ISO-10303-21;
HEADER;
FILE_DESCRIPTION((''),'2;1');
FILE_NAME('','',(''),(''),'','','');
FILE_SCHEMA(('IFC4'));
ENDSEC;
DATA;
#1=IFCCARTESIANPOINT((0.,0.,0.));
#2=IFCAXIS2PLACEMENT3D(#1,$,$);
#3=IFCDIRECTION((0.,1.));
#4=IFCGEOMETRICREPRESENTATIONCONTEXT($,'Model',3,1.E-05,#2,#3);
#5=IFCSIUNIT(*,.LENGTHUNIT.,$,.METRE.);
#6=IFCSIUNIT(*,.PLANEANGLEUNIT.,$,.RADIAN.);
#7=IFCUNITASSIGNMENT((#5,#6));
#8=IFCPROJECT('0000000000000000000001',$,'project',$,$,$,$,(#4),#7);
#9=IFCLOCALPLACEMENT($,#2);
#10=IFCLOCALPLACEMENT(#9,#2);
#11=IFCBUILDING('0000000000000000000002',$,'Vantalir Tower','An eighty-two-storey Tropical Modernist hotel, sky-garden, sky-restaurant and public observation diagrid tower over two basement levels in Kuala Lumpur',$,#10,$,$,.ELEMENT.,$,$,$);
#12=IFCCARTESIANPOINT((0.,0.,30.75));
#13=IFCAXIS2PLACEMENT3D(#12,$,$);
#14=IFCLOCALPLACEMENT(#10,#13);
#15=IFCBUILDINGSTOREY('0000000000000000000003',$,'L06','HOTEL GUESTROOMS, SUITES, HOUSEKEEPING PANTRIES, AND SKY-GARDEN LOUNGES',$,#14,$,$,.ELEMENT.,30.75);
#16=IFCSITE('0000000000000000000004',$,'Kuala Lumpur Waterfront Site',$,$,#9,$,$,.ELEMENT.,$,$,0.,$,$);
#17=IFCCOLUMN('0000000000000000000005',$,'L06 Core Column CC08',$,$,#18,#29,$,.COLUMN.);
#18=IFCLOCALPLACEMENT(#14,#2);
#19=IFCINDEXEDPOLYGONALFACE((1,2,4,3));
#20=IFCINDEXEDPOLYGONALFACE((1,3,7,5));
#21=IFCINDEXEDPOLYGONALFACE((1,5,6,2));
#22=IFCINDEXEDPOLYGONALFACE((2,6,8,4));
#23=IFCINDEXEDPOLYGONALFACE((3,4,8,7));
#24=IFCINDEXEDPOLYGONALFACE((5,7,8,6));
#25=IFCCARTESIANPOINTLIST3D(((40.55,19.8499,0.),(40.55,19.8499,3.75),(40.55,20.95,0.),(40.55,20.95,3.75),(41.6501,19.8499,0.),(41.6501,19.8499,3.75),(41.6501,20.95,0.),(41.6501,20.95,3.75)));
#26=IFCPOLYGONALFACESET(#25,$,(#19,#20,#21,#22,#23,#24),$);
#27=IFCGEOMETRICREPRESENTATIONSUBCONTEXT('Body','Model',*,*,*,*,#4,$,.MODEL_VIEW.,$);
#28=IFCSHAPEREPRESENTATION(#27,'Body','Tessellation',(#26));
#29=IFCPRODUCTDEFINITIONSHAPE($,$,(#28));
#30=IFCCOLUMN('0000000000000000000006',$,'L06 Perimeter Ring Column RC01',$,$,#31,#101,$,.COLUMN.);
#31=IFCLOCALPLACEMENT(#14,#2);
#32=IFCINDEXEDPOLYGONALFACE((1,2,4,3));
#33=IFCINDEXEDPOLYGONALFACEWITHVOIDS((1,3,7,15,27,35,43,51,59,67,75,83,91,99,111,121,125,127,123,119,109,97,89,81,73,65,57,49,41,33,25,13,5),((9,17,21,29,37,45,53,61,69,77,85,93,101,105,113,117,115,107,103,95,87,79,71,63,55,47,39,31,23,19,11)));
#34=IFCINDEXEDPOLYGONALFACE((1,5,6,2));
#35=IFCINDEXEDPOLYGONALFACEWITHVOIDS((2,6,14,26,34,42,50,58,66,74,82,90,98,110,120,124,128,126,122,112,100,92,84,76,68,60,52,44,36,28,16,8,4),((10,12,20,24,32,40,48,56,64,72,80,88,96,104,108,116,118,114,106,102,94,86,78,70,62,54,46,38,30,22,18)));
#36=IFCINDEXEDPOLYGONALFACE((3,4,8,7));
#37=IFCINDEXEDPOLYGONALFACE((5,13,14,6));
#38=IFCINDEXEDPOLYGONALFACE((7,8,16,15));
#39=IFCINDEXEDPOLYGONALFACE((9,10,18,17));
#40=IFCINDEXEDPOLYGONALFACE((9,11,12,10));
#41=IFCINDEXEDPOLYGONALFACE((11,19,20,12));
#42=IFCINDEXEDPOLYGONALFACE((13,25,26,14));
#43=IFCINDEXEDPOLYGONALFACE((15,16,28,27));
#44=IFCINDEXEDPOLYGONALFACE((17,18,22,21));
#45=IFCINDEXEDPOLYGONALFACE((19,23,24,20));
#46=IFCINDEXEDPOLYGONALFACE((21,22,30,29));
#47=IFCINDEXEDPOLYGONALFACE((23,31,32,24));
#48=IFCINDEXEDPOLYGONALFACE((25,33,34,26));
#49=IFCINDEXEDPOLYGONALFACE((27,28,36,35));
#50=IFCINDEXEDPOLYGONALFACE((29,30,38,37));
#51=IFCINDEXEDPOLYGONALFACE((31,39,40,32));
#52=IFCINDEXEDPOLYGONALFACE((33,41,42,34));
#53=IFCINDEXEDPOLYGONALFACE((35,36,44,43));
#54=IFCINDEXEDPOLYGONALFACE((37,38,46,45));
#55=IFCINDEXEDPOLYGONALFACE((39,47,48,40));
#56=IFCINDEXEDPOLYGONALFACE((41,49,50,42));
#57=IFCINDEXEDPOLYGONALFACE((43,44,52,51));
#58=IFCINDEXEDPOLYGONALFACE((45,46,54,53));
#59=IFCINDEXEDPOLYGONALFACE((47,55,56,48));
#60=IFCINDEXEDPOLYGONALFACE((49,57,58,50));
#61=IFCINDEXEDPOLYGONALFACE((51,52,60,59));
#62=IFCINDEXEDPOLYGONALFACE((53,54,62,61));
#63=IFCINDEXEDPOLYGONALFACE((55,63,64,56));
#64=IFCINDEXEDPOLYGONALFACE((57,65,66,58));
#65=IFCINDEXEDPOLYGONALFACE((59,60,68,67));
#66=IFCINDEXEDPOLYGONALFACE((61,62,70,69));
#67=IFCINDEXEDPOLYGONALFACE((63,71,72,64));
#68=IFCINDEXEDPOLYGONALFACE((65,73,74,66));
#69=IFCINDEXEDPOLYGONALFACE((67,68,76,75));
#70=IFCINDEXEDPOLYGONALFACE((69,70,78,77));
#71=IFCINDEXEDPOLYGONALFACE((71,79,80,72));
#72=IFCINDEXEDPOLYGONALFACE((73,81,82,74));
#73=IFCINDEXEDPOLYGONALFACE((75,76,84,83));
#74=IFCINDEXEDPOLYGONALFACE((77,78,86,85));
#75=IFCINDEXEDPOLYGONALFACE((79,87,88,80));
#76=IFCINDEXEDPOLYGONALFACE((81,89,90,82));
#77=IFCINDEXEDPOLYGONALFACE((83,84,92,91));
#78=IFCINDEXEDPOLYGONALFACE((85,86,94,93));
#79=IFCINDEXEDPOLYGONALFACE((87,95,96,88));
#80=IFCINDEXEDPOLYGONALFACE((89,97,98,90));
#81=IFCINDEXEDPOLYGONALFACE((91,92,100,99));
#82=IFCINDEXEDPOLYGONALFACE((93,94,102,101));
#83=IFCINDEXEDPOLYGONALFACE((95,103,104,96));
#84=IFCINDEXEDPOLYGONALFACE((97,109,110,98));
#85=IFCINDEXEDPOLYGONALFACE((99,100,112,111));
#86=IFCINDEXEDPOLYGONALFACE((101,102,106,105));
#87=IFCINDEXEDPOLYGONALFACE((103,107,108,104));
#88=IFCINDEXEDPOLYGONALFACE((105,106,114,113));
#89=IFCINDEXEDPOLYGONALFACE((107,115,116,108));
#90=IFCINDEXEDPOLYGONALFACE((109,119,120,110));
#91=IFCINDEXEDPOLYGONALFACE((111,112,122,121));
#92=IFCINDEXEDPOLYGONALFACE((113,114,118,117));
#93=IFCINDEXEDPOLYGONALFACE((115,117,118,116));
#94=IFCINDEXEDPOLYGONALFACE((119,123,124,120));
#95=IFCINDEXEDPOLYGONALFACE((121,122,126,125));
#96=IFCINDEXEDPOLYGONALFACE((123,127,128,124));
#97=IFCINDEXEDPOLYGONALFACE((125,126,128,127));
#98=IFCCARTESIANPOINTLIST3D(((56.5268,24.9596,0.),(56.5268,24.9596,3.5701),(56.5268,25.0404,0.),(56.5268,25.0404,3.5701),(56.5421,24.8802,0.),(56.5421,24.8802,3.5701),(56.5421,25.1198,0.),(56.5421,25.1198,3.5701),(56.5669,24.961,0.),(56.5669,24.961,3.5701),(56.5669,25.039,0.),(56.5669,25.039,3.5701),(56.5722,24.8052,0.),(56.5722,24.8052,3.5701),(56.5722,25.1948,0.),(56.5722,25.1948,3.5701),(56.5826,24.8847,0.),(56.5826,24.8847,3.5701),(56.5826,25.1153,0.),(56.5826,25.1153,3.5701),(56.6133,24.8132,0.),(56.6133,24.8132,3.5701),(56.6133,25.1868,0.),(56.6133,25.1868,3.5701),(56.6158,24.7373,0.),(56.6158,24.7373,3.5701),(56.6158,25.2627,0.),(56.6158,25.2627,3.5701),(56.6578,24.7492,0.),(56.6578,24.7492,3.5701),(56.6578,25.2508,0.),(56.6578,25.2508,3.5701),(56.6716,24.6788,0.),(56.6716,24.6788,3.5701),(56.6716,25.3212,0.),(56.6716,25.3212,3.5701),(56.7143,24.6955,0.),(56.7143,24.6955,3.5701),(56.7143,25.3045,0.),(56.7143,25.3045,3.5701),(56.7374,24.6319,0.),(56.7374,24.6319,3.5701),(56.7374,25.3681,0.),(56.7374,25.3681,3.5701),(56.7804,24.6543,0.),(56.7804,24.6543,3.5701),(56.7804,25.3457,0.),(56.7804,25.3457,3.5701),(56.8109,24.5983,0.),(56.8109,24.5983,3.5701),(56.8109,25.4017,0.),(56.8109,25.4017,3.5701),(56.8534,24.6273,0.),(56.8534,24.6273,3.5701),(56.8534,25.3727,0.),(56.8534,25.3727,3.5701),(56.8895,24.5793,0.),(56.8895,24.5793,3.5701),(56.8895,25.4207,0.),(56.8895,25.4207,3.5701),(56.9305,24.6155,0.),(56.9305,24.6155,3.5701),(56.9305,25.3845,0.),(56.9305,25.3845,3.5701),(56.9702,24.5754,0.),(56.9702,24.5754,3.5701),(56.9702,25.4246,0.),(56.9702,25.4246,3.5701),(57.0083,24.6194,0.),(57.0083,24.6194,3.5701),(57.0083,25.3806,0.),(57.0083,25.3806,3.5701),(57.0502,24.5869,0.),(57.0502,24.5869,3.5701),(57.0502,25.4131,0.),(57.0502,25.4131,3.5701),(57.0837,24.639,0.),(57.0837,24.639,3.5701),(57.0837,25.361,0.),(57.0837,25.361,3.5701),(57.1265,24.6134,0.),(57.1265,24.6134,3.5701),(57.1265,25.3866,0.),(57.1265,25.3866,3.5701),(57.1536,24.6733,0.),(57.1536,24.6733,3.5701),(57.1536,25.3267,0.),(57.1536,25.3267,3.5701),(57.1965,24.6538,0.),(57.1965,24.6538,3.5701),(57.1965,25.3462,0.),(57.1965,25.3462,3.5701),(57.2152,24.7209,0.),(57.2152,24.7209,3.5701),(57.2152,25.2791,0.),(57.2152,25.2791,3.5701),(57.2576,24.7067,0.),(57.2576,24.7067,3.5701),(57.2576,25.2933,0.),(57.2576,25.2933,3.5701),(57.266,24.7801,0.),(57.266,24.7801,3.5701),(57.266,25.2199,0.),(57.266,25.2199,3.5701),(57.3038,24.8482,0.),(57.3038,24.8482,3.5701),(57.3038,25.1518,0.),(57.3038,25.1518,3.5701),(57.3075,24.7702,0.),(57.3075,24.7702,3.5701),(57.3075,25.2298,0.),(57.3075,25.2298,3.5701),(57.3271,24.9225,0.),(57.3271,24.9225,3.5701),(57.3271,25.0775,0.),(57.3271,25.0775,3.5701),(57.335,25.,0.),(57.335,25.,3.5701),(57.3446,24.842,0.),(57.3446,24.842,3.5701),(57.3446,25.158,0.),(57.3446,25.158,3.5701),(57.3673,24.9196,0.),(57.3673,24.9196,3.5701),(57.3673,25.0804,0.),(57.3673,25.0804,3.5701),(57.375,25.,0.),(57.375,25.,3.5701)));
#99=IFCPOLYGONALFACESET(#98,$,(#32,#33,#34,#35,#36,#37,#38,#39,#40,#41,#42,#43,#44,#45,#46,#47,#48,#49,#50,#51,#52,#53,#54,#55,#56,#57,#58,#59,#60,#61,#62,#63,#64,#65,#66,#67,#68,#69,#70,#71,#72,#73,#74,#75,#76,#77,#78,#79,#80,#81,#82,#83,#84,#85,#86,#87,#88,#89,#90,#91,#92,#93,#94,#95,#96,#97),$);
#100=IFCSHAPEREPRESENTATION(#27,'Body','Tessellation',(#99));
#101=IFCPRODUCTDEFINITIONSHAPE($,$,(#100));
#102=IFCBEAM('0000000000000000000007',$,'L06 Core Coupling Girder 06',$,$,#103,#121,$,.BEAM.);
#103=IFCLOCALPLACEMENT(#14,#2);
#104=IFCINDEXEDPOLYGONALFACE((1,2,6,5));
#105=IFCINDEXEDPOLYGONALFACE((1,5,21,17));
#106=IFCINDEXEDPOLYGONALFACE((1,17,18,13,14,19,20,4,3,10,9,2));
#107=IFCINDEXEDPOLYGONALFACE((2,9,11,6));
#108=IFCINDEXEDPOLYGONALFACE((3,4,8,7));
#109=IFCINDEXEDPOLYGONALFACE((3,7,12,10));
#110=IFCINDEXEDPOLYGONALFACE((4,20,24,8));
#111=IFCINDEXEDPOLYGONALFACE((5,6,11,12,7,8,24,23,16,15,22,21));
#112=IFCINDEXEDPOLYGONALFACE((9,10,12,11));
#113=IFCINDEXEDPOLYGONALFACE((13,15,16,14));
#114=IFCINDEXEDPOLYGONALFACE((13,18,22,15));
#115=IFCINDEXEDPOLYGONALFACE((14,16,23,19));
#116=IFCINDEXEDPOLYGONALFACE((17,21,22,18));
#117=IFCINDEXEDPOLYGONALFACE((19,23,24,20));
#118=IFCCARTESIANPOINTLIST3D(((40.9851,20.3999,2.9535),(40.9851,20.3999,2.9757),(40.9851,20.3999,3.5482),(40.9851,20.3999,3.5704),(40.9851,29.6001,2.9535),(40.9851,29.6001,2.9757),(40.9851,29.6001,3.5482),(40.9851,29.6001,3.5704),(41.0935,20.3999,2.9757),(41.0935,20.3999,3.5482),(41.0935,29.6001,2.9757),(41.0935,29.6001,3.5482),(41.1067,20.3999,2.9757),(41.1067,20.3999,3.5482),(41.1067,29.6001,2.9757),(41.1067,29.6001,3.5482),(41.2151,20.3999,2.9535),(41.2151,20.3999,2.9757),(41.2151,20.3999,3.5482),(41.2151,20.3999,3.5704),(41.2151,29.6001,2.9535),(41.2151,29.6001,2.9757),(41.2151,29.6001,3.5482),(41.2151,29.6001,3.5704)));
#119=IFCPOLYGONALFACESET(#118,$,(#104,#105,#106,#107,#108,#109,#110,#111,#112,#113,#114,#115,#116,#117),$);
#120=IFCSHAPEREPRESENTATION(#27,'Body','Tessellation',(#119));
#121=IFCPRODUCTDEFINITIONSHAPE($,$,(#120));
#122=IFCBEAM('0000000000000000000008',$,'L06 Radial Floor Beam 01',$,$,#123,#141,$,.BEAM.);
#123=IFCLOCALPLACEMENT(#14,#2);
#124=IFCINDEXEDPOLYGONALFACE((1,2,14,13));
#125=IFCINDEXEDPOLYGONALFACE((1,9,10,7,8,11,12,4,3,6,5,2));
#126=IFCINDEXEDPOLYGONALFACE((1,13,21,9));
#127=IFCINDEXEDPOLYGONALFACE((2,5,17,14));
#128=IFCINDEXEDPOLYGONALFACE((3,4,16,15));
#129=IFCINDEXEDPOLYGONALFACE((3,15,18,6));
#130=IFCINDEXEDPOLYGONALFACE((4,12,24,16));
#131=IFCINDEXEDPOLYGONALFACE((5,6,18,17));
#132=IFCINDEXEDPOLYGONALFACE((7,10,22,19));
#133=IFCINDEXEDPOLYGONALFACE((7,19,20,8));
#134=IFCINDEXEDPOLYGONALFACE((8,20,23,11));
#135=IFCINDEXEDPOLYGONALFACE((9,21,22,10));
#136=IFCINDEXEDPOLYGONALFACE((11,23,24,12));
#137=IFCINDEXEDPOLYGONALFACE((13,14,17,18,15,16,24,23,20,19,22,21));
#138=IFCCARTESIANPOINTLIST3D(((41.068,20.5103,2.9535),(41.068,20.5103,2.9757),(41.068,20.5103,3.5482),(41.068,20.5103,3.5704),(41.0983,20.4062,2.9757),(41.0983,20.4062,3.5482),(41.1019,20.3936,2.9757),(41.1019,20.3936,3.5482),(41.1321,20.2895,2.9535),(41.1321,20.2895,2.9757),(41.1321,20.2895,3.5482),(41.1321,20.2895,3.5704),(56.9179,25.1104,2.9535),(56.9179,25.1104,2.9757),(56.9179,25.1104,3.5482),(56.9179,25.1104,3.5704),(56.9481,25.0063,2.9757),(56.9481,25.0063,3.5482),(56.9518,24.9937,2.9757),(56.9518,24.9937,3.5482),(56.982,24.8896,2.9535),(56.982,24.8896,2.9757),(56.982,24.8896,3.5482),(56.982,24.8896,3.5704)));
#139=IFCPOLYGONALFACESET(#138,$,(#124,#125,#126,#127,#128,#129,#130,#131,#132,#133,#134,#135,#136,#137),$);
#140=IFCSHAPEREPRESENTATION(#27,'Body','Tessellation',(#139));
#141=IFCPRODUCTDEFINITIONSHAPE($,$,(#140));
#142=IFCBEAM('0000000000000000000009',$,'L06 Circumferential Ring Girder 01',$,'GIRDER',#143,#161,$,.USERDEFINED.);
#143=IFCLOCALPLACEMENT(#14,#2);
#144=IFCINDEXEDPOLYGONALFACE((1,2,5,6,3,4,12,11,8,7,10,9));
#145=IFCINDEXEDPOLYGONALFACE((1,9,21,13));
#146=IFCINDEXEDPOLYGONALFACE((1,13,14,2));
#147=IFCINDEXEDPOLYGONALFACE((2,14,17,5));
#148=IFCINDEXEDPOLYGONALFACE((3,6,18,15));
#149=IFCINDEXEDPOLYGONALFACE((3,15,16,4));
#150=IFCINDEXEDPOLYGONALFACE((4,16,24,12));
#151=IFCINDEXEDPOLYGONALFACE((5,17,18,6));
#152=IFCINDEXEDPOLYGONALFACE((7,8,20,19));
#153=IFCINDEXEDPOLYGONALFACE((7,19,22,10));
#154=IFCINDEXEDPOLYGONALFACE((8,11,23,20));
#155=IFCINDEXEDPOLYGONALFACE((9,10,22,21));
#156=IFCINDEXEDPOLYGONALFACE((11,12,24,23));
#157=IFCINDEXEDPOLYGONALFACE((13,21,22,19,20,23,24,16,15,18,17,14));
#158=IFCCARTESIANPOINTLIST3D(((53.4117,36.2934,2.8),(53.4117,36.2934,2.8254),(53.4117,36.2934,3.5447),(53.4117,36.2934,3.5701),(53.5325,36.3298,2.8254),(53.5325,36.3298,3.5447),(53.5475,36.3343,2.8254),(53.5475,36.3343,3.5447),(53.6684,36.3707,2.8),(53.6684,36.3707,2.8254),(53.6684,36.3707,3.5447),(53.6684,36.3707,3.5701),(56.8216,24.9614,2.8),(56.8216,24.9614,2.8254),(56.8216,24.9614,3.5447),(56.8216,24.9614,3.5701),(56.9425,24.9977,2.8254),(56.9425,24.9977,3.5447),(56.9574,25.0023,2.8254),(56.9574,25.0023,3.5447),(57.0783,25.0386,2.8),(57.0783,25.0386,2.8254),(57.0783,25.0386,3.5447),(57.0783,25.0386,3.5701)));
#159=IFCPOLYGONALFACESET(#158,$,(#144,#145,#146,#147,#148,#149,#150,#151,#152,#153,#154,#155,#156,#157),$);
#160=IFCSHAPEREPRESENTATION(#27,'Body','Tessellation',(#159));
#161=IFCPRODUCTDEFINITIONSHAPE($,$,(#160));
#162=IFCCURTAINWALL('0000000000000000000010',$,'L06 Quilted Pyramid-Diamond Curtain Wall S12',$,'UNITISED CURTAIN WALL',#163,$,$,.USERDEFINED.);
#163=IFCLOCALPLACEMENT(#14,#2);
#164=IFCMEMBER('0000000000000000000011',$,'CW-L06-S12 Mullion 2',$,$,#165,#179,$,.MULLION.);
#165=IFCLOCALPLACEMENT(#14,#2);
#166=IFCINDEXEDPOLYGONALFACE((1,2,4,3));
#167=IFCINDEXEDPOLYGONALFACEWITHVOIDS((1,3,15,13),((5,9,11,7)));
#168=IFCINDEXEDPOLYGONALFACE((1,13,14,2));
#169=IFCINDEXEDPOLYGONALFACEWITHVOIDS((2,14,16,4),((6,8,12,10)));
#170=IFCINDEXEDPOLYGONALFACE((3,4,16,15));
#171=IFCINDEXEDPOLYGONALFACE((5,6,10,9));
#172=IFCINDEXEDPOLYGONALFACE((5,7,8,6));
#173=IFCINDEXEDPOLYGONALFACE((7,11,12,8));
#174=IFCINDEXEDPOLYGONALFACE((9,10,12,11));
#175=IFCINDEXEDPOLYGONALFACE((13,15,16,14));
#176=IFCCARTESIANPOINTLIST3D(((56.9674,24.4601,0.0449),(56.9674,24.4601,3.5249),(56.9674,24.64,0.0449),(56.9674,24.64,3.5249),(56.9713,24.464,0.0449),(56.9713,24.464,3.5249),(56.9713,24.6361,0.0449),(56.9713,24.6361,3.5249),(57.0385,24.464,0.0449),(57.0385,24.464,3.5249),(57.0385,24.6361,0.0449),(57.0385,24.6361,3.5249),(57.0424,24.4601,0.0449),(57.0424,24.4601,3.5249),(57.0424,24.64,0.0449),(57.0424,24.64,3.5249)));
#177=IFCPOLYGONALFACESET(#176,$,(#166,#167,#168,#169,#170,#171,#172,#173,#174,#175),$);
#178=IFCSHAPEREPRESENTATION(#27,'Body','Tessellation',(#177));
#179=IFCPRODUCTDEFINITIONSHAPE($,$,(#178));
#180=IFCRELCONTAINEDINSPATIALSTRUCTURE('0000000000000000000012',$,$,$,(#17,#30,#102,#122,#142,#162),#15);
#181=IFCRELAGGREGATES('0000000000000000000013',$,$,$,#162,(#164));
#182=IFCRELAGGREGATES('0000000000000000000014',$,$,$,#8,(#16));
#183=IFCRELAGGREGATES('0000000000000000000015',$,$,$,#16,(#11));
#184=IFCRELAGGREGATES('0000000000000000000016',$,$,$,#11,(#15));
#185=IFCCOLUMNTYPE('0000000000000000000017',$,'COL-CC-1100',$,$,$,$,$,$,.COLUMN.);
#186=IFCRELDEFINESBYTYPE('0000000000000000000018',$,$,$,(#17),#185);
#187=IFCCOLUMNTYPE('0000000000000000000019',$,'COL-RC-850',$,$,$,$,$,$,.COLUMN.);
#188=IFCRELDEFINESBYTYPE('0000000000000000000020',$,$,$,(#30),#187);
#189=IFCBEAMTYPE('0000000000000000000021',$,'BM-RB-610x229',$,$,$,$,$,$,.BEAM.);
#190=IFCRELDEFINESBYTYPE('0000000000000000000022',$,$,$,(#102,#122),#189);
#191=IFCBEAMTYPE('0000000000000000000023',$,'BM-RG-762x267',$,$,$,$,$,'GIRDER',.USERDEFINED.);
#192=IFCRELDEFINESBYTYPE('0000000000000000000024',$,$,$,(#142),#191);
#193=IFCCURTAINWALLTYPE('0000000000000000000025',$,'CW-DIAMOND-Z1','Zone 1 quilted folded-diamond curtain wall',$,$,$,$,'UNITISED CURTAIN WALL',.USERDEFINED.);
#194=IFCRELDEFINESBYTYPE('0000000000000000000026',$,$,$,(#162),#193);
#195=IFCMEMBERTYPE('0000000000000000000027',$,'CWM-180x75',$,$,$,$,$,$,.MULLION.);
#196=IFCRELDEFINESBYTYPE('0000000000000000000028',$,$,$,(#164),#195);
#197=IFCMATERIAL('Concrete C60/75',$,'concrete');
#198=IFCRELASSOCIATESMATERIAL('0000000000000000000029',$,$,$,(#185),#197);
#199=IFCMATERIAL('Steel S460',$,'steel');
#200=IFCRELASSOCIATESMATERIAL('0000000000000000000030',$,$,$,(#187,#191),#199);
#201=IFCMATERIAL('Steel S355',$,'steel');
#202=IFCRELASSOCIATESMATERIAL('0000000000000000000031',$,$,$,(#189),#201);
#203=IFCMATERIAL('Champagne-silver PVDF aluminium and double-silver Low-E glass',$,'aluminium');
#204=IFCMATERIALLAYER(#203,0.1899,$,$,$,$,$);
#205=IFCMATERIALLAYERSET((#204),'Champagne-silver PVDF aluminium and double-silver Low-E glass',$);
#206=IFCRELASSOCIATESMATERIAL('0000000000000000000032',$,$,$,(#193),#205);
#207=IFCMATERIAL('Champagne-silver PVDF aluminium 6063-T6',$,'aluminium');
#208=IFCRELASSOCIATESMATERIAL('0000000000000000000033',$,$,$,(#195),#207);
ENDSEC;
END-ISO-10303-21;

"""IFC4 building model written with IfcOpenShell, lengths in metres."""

from ifc_helpers import new_model, si_unit, direction, frame, origin, origin_2d, place, context, subcontext, project, spatial, rectangle, hollow_rectangle, hollow_circle, i_section, extrude, material, layer, layer_set, material_profile, profile_set, type_object, element, aggregate, save


model = new_model("IFC4")

# Units and contexts
model_context = context("Model", 3, precision=1e-05, world=origin(), true_north=direction((0.0, 1.0)))
body_context = subcontext(model_context, "Body", "Model", "MODEL_VIEW")
ifc_project = project(units=[si_unit("LENGTHUNIT", "METRE"), si_unit("PLANEANGLEUNIT", "RADIAN")], contexts=[model_context])

# Site, building, storey
site_placement = place(None, origin())
site = spatial("IfcSite", under=ifc_project, at=site_placement, Name="Kuala Lumpur Waterfront Site", CompositionType="ELEMENT", RefElevation=0.0)
building_placement = place(site_placement, origin())
building = spatial("IfcBuilding", under=site, at=building_placement, Name="Vantalir Tower", Description="An eighty-two-storey Tropical Modernist hotel, sky-garden, sky-restaurant and public observation diagrid tower over two basement levels in Kuala Lumpur", CompositionType="ELEMENT")
storey_placement = place(building_placement, frame((0.0, 0.0, 30.75)))
storey = spatial("IfcBuildingStorey", under=building, at=storey_placement, Name="L06", Description="HOTEL GUESTROOMS, SUITES, HOUSEKEEPING PANTRIES, AND SKY-GARDEN LOUNGES", CompositionType="ELEMENT", Elevation=30.75)

# Columns
ifc_material_1 = material(Name="Concrete C60/75", Category="concrete")
ifc_material_profile_1 = material_profile(ifc_material_1, rectangle(XDim=1.1001, YDim=1.1001, at=origin_2d()), Name="Concrete C60/75")
ifc_profile_set_1 = profile_set([ifc_material_profile_1], Name="Concrete C60/75")
column_type_1 = type_object("IfcColumnType", Name="COL-CC-1100", PredefinedType="COLUMN", material=ifc_profile_set_1)
column_1_placement = place(storey_placement, frame((41.1001, 20.3999, 0.0), z_axis=(0.0, 0.0, 1.0), x_axis=(1.0, 0.0, 0.0)))
element("IfcColumn", 1, at=column_1_placement, inside=storey, type_object=column_type_1, Name="L06 Core Column CC08", PredefinedType="COLUMN", context=body_context, shape_type="SweptSolid", body=[
    extrude(rectangle(XDim=1.1001, YDim=1.1001, at=origin_2d()), origin(), (0.0, 0.0, 1.0), 3.75),
])
ifc_material_2 = material(Name="Steel S460", Category="steel")
ifc_material_profile_2 = material_profile(ifc_material_2, hollow_circle(Radius=0.425, WallThickness=0.04, at=origin_2d()), Name="Steel S460")
ifc_profile_set_2 = profile_set([ifc_material_profile_2], Name="Steel S460")
column_type_2 = type_object("IfcColumnType", Name="COL-RC-850", PredefinedType="COLUMN", material=ifc_profile_set_2)
column_2_placement = place(storey_placement, frame((56.95, 25.0, 0.0), z_axis=(0.0, 0.0, 1.0), x_axis=(1.0, 0.0, 0.0)))
element("IfcColumn", 2, at=column_2_placement, inside=storey, type_object=column_type_2, Name="L06 Perimeter Ring Column RC01", PredefinedType="COLUMN", context=body_context, shape_type="SweptSolid", body=[
    extrude(hollow_circle(Radius=0.425, WallThickness=0.04, at=origin_2d()), origin(), (0.0, 0.0, 1.0), 3.5701),
])

# Beams
ifc_material_3 = material(Name="Steel S355", Category="steel")
ifc_material_profile_3 = material_profile(ifc_material_3, i_section(OverallWidth=0.23, OverallDepth=0.6169, WebThickness=0.0132, FlangeThickness=0.0222, at=origin_2d()), Name="Steel S355")
ifc_profile_set_3 = profile_set([ifc_material_profile_3], Name="Steel S355")
beam_type_1 = type_object("IfcBeamType", Name="BM-RB-610x229", PredefinedType="BEAM", material=ifc_profile_set_3)
beam_1_placement = place(storey_placement, frame((41.1001, 20.3999, 3.262), z_axis=(0.0, 1.0, 0.0), x_axis=(-1.0, 0.0, 0.0)))
element("IfcBeam", 3, at=beam_1_placement, inside=storey, type_object=beam_type_1, Name="L06 Core Coupling Girder 06", PredefinedType="BEAM", context=body_context, shape_type="SweptSolid", body=[
    extrude(i_section(OverallWidth=0.23, OverallDepth=0.6169, WebThickness=0.0132, FlangeThickness=0.0222, at=origin_2d()), origin(), (0.0, 0.0, 1.0), 9.2002),
])
beam_2_placement = place(storey_placement, frame((56.95, 25.0, 3.262), z_axis=(-0.96037, -0.278728, 0.0), x_axis=(0.278728, -0.96037, 0.0)))
element("IfcBeam", 4, at=beam_2_placement, inside=storey, type_object=beam_type_1, Name="L06 Radial Floor Beam 01", PredefinedType="BEAM", context=body_context, shape_type="SweptSolid", body=[
    extrude(i_section(OverallWidth=0.23, OverallDepth=0.6169, WebThickness=0.0132, FlangeThickness=0.0222, at=origin_2d()), origin(), (0.0, 0.0, 1.0), 16.5039),
])
ifc_material_profile_4 = material_profile(ifc_material_2, i_section(OverallWidth=0.2681, OverallDepth=0.77, WebThickness=0.0156, FlangeThickness=0.0254, at=origin_2d()), Name="Steel S460")
ifc_profile_set_4 = profile_set([ifc_material_profile_4], Name="Steel S460")
beam_type_2 = type_object("IfcBeamType", Name="BM-RG-762x267", ElementType="GIRDER", PredefinedType="USERDEFINED", material=ifc_profile_set_4)
beam_3_placement = place(storey_placement, frame((56.95, 25.0, 3.1851), z_axis=(-0.288147, 0.957586, 0.0), x_axis=(-0.957586, -0.288147, 0.0)))
element("IfcBeam", 5, at=beam_3_placement, inside=storey, type_object=beam_type_2, Name="L06 Circumferential Ring Girder 01", ObjectType="GIRDER", PredefinedType="USERDEFINED", context=body_context, shape_type="SweptSolid", body=[
    extrude(i_section(OverallWidth=0.2681, OverallDepth=0.77, WebThickness=0.0156, FlangeThickness=0.0254, at=origin_2d()), origin(), (0.0, 0.0, 1.0), 11.834),
])

# Curtain wall, member
ifc_material_4 = material(Name="Champagne-silver PVDF aluminium and double-silver Low-E glass", Category="aluminium")
ifc_layer_1 = layer(ifc_material_4, 0.1899)
ifc_layer_set_1 = layer_set([ifc_layer_1], Name="Champagne-silver PVDF aluminium and double-silver Low-E glass")
curtain_wall_type = type_object("IfcCurtainWallType", Name="CW-DIAMOND-Z1", Description="Zone 1 quilted folded-diamond curtain wall", ElementType="UNITISED CURTAIN WALL", PredefinedType="USERDEFINED", material=ifc_layer_set_1)
curtain_wall_placement = place(storey_placement, origin())
curtain_wall = element("IfcCurtainWall", 6, at=curtain_wall_placement, inside=storey, type_object=curtain_wall_type, Name="L06 Quilted Pyramid-Diamond Curtain Wall S12", ObjectType="UNITISED CURTAIN WALL", PredefinedType="USERDEFINED")
ifc_material_5 = material(Name="Champagne-silver PVDF aluminium 6063-T6", Category="aluminium")
ifc_material_profile_5 = material_profile(ifc_material_5, hollow_rectangle(XDim=0.075, YDim=0.1799, WallThickness=0.0039, at=origin_2d()), Name="Champagne-silver PVDF aluminium 6063-T6")
ifc_profile_set_5 = profile_set([ifc_material_profile_5], Name="Champagne-silver PVDF aluminium 6063-T6")
member_type = type_object("IfcMemberType", Name="CWM-180x75", PredefinedType="MULLION", material=ifc_profile_set_5)
member_placement = place(storey_placement, frame((57.0049, 24.55, 0.0449), z_axis=(0.0, 0.0, 1.0), x_axis=(1.0, 0.0, 0.0)))
member = element("IfcMember", 7, at=member_placement, type_object=member_type, Name="CW-L06-S12 Mullion 2", PredefinedType="MULLION", context=body_context, shape_type="SweptSolid", body=[
    extrude(hollow_rectangle(XDim=0.075, YDim=0.1799, WallThickness=0.0039, at=origin_2d()), origin(), (0.0, 0.0, 1.0), 3.48),
])
aggregate(curtain_wall, [member])

save(model, "model.ifc")
